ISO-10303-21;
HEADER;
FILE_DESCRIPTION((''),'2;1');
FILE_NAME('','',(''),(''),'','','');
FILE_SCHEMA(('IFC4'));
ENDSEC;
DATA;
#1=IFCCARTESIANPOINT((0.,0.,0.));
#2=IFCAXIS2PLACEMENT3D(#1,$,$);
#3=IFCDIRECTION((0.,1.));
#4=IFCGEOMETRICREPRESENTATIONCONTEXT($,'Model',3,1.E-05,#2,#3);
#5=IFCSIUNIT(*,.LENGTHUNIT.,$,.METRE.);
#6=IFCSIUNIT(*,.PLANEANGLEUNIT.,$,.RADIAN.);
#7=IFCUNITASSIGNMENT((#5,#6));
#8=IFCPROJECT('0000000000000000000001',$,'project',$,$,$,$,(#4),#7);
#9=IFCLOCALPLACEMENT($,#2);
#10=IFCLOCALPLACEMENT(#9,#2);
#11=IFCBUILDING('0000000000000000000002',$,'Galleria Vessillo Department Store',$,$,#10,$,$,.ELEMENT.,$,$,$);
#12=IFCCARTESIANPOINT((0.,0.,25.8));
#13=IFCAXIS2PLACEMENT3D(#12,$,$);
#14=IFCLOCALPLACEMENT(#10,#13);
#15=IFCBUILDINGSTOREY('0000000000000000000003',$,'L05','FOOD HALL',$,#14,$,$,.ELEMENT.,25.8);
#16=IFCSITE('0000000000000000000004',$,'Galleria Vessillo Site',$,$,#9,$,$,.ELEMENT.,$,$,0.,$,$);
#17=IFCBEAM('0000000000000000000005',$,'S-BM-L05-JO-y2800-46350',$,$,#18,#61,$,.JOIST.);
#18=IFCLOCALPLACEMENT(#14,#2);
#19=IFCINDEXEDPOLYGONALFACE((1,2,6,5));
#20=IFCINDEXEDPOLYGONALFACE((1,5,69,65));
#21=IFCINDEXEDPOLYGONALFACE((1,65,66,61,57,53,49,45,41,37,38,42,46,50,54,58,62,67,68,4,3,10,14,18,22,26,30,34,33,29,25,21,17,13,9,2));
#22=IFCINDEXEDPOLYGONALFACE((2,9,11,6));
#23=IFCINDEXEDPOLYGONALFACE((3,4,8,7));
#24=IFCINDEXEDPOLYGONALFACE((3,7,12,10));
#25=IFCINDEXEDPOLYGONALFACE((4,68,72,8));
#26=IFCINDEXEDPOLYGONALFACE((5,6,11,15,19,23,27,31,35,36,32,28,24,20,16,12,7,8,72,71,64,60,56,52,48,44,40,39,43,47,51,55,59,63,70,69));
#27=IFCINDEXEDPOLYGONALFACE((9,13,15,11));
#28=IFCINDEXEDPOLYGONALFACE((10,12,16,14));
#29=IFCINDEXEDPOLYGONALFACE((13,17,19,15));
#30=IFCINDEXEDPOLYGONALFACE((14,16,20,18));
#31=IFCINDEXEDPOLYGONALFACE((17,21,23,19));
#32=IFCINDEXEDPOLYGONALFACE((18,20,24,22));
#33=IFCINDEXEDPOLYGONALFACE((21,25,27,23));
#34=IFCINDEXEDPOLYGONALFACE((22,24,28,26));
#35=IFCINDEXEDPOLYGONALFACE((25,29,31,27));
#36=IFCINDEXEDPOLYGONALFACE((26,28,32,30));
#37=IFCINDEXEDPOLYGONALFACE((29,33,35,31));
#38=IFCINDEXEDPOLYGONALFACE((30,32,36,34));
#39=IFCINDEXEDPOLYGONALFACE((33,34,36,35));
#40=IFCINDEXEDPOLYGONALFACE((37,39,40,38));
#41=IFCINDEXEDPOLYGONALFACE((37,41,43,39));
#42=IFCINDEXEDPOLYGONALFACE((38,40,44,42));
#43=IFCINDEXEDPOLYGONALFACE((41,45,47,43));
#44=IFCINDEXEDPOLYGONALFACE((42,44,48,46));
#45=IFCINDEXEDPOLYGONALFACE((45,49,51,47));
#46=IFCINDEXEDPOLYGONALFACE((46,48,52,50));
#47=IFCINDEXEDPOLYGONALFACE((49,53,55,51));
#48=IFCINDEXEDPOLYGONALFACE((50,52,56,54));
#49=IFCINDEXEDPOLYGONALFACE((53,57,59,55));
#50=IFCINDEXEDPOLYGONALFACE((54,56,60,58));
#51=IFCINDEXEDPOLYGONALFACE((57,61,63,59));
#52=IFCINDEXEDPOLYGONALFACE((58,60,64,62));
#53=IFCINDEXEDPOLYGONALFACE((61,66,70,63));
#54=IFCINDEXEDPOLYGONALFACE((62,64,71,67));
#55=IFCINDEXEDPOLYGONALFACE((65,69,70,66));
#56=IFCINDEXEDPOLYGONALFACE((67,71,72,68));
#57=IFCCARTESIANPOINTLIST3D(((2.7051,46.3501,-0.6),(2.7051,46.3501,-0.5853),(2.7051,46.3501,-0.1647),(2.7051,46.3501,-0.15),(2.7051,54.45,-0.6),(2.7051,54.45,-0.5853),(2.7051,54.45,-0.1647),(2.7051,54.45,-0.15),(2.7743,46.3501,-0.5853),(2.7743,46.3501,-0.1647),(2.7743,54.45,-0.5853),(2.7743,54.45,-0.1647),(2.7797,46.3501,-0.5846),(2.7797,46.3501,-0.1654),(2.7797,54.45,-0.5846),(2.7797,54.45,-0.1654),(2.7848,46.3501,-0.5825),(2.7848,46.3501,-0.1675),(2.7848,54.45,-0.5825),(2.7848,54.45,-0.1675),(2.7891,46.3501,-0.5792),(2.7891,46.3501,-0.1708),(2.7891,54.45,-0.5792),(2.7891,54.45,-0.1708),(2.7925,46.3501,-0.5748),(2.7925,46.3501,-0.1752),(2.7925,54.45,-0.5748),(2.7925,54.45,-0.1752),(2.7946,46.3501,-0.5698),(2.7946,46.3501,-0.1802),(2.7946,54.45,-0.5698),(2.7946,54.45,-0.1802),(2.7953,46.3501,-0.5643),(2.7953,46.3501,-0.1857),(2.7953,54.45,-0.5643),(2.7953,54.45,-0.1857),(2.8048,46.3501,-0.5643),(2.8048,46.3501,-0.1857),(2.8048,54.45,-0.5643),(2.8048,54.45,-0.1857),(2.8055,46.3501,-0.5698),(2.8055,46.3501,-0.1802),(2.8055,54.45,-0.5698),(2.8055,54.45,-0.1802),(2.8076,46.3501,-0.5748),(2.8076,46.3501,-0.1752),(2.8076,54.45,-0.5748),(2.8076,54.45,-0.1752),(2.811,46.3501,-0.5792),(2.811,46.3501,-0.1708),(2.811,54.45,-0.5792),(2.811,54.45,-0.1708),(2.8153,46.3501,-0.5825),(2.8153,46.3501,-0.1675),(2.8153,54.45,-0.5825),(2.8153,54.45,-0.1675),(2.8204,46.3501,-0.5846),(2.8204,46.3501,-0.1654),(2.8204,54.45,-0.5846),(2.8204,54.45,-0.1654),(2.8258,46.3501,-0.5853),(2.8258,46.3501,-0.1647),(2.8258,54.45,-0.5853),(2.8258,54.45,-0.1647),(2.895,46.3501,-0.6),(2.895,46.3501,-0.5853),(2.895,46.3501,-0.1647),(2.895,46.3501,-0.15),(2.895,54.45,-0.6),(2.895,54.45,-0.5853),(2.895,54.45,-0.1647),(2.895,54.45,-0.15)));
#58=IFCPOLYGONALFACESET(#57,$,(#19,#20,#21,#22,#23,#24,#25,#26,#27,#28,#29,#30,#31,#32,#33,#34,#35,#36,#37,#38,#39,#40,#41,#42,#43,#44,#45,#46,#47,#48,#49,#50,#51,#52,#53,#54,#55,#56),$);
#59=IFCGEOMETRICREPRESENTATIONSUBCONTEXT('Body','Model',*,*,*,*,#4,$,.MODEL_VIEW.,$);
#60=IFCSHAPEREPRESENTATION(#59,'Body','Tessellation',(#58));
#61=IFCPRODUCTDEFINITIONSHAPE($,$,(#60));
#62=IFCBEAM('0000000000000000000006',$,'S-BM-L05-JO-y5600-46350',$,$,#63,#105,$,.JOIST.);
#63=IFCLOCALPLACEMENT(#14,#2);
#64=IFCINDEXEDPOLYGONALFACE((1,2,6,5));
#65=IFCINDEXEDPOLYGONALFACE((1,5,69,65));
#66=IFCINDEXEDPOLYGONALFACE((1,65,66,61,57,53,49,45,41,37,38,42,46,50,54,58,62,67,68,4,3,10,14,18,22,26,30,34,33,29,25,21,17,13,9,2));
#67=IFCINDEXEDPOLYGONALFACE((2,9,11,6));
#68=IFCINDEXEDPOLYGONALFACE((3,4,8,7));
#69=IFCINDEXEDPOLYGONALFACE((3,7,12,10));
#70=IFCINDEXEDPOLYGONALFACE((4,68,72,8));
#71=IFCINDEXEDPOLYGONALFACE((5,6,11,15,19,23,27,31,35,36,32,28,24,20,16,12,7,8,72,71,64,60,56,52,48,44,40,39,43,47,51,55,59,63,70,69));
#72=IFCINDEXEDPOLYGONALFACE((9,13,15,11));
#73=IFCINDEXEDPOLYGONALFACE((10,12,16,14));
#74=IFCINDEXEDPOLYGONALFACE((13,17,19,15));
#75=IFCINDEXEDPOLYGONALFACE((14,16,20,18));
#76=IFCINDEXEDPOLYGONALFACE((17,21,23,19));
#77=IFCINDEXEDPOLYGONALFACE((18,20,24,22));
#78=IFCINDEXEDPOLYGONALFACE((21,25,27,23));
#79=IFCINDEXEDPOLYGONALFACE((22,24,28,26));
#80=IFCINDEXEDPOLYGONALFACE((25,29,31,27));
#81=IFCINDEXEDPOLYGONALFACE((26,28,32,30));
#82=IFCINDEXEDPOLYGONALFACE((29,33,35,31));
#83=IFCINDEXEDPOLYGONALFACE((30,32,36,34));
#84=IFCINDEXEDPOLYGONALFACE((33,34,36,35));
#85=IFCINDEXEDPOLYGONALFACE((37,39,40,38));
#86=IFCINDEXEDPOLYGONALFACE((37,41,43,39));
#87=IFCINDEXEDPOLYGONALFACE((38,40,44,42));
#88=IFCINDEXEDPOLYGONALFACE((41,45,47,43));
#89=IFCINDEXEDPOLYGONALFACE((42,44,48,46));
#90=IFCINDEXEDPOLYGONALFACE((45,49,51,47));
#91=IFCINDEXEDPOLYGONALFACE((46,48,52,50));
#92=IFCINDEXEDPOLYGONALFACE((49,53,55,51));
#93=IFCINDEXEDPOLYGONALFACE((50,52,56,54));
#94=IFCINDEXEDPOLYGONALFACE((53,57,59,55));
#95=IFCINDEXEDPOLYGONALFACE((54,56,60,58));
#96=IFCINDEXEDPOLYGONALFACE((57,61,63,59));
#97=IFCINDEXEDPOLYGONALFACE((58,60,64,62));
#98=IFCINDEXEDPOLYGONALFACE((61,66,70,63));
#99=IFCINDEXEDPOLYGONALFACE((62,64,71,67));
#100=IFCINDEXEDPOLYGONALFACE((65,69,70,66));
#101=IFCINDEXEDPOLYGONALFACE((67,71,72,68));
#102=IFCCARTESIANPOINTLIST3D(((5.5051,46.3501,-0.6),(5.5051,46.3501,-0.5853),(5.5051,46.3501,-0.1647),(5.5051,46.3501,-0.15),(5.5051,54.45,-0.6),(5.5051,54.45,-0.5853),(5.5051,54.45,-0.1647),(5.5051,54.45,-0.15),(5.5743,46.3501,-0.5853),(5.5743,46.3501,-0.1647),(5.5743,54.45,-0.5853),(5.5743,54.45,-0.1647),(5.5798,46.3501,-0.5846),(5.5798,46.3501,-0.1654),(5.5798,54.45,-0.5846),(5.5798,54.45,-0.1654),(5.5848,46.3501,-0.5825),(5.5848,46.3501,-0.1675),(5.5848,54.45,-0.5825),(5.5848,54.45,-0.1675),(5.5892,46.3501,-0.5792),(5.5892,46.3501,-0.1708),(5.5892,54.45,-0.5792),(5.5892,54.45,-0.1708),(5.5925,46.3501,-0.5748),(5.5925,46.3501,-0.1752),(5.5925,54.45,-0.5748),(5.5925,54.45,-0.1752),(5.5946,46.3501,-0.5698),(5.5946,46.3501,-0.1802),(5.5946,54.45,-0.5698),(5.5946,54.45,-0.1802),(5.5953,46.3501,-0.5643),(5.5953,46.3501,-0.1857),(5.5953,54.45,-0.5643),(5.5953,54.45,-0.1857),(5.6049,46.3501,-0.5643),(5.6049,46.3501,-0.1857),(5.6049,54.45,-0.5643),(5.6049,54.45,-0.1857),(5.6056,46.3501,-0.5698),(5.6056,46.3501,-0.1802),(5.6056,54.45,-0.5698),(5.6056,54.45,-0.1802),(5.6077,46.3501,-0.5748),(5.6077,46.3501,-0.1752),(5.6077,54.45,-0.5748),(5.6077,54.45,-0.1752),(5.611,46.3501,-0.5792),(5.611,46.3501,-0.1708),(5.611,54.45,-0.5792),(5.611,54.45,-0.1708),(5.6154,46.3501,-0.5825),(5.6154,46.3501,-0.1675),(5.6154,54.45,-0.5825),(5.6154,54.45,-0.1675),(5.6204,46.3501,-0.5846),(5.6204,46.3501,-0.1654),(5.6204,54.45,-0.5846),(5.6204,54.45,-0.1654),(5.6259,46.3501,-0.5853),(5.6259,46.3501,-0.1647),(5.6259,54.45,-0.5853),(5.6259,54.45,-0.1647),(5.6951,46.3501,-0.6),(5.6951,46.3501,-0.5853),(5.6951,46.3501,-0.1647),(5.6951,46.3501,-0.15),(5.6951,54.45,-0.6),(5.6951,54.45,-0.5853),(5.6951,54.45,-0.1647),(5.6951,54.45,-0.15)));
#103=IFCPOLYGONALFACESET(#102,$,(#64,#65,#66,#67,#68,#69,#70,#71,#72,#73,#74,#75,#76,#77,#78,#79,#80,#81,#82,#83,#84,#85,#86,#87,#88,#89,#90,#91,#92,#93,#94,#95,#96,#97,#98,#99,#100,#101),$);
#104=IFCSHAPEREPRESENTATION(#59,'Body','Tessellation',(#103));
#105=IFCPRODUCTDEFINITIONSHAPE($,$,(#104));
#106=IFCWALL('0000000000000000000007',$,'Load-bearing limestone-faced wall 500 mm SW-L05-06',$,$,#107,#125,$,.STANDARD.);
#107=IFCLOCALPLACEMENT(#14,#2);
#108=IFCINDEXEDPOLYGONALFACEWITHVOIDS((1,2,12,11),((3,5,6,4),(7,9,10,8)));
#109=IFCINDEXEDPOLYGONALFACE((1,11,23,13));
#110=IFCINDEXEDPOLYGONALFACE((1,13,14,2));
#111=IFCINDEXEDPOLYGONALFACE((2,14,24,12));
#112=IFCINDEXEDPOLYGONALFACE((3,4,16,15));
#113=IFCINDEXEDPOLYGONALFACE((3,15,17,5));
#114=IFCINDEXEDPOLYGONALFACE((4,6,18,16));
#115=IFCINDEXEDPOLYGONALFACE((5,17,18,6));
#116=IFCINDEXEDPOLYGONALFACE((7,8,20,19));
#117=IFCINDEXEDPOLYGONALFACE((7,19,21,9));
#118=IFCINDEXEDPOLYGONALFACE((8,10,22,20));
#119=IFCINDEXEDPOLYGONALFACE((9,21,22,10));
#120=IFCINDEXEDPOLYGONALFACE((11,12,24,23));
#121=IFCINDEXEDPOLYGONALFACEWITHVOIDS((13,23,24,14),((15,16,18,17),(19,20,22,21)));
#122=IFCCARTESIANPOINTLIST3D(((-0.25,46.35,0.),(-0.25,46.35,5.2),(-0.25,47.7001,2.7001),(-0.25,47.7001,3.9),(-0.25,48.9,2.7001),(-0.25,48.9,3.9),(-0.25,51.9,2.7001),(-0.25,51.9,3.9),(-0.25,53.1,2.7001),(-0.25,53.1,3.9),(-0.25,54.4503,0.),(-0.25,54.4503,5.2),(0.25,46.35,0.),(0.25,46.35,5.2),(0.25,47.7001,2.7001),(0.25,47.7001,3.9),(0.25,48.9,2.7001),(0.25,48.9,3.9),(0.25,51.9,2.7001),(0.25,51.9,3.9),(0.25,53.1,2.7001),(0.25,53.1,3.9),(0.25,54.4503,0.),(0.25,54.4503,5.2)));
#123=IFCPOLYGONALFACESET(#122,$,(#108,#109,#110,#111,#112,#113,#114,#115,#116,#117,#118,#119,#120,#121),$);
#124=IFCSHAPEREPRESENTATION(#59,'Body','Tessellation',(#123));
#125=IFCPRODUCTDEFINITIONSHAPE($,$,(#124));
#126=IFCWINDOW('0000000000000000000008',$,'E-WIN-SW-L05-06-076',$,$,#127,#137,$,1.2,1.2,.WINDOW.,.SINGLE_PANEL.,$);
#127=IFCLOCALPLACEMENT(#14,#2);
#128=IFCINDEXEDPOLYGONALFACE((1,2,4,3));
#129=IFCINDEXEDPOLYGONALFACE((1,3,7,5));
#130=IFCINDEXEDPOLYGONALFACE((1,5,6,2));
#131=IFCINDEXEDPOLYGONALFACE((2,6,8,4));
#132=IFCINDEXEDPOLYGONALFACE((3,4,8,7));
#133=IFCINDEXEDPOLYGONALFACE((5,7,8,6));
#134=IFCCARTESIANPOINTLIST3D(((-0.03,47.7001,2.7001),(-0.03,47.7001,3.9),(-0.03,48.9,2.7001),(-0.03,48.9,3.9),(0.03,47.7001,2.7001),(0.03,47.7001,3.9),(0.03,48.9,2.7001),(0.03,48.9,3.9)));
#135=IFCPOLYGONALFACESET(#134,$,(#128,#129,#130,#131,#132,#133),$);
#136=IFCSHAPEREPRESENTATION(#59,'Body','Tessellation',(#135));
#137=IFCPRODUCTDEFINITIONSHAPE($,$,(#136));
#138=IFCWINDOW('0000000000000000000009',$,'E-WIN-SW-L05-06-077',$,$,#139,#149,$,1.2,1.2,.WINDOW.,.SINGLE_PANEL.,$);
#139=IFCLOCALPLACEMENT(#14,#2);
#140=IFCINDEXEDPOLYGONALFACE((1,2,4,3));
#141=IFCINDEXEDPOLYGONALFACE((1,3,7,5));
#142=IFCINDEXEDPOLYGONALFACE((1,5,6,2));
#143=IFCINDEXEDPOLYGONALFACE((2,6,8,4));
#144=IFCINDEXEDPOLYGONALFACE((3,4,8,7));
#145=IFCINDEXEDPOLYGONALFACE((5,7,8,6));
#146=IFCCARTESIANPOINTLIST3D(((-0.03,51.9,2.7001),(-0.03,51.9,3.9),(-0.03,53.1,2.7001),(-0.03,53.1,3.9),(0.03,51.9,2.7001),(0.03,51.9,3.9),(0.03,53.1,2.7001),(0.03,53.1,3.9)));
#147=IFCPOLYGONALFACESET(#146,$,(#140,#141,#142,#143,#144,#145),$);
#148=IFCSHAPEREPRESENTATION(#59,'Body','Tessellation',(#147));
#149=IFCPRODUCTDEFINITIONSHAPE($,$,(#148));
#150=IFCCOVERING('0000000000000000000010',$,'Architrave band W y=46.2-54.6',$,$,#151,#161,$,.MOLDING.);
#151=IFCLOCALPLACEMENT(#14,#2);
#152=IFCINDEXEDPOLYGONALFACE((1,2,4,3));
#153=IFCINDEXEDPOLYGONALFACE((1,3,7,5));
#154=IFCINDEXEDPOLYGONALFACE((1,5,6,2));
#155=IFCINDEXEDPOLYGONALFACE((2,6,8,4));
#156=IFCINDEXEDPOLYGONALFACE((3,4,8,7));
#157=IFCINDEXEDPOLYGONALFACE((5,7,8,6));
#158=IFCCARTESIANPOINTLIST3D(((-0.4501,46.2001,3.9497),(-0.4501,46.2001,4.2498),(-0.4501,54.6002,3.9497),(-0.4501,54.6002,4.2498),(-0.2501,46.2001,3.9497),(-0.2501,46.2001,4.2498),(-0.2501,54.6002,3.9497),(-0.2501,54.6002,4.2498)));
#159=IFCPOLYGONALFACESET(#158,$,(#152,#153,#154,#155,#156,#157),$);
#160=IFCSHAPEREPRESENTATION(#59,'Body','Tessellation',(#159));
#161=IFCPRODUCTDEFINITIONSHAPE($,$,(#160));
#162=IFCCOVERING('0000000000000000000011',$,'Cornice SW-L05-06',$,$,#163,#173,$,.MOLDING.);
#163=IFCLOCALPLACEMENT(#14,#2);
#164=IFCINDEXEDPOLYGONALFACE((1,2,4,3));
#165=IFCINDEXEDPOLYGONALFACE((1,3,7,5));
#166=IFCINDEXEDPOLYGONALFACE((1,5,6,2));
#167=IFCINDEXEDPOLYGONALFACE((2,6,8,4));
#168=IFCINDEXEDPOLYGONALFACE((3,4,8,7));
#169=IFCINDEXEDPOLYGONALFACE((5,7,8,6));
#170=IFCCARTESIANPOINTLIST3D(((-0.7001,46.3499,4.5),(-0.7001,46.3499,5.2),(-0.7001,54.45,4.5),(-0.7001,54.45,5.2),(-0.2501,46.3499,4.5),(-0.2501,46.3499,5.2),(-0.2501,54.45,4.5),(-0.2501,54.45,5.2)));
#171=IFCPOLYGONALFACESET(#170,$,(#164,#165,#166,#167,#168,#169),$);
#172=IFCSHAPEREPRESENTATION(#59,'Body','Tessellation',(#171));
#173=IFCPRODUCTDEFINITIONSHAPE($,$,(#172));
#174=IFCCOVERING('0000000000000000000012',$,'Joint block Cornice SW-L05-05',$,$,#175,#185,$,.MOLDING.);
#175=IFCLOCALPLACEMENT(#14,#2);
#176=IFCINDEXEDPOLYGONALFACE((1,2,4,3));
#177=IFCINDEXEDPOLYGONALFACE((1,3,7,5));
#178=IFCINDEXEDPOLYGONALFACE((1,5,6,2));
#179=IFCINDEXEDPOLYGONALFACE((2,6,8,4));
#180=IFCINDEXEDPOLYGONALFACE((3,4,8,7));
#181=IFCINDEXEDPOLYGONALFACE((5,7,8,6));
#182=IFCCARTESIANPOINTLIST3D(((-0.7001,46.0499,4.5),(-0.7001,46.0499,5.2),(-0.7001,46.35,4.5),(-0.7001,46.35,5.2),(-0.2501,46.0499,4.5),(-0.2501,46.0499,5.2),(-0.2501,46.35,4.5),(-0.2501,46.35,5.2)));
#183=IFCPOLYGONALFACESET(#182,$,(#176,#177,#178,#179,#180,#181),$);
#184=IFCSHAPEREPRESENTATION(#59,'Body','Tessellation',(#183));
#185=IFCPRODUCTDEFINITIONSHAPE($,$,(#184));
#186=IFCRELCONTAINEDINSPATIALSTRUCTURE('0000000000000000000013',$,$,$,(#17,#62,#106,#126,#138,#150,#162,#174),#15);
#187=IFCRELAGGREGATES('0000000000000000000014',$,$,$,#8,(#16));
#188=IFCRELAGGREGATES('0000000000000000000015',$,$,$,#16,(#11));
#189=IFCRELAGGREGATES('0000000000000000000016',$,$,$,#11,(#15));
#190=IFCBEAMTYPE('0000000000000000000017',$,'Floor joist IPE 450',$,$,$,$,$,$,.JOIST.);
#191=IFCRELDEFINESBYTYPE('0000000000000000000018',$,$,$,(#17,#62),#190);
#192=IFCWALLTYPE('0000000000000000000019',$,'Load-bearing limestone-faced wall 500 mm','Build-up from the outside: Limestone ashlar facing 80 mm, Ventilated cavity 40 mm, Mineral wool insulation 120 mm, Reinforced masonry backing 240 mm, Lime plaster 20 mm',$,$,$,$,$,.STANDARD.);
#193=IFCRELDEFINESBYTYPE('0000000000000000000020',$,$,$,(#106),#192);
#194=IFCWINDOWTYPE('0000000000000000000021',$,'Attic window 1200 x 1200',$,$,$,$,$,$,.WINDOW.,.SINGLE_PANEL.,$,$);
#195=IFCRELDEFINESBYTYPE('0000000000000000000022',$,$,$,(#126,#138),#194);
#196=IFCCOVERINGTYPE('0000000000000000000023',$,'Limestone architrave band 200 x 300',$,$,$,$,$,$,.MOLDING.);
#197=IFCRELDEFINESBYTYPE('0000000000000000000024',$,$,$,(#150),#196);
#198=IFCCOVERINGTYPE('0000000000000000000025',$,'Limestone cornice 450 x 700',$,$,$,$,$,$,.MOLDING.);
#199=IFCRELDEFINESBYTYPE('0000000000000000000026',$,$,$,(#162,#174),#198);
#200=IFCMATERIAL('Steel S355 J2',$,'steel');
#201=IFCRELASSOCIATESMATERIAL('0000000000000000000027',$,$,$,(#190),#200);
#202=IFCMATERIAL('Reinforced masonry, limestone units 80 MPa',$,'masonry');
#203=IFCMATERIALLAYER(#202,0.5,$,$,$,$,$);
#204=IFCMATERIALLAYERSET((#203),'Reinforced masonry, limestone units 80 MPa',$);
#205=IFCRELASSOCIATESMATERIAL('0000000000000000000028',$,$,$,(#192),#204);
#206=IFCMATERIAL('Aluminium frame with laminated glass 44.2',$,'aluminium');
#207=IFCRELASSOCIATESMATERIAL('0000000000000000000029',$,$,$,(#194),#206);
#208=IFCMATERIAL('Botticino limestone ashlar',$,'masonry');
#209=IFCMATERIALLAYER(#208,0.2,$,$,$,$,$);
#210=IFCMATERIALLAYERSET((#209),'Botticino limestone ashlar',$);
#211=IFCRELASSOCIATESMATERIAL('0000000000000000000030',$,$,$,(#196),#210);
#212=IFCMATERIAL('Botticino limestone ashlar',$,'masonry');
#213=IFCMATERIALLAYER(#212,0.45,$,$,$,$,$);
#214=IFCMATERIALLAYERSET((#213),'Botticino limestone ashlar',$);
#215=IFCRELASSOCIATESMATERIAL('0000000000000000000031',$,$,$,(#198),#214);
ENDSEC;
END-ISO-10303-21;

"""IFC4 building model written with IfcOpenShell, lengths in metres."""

from ifc_helpers import new_model, si_unit, direction, frame, frame_2d, origin, origin_2d, place, context, subcontext, project, spatial, rectangle, i_section, extrude, material, layer, layer_set, material_profile, profile_set, type_object, element, fill, save


model = new_model("IFC4")

# Units and contexts
model_context = context("Model", 3, precision=1e-05, world=origin(), true_north=direction((0.0, 1.0)))
body_context = subcontext(model_context, "Body", "Model", "MODEL_VIEW")
ifc_project = project(units=[si_unit("LENGTHUNIT", "METRE"), si_unit("PLANEANGLEUNIT", "RADIAN")], contexts=[model_context])

# Site, building, storey
site_placement = place(None, origin())
site = spatial("IfcSite", under=ifc_project, at=site_placement, Name="Galleria Vessillo Site", CompositionType="ELEMENT", RefElevation=0.0)
building_placement = place(site_placement, origin())
building = spatial("IfcBuilding", under=site, at=building_placement, Name="Galleria Vessillo Department Store", CompositionType="ELEMENT")
storey_placement = place(building_placement, frame((0.0, 0.0, 25.8)))
storey = spatial("IfcBuildingStorey", under=building, at=storey_placement, Name="L05", Description="FOOD HALL", CompositionType="ELEMENT", Elevation=25.8)

# Beams
ifc_material_1 = material(Name="Steel S355 J2", Category="steel")
ifc_material_profile_1 = material_profile(ifc_material_1, i_section(OverallWidth=0.1899, OverallDepth=0.45, WebThickness=0.0095, FlangeThickness=0.0146, FilletRadius=0.021, at=origin_2d()), Name="IPE 450")
ifc_profile_set_1 = profile_set([ifc_material_profile_1], Name="Steel S355 J2")
beam_type_1 = type_object("IfcBeamType", Name="Floor joist IPE 450", PredefinedType="JOIST", material=ifc_profile_set_1)
for number, where, z_axis, x_axis, name in (
    (1, (2.8, 46.3501, -0.375), (0.0, 1.0, 0.0), (-1.0, 0.0, 0.0), "S-BM-L05-JO-y2800-46350"),
    (2, (5.6001, 46.3501, -0.375), (0.0, 1.0, 0.0), (-1.0, 0.0, 0.0), "S-BM-L05-JO-y5600-46350"),
):
    element("IfcBeam", number, at=place(storey_placement, frame(where, z_axis=z_axis, x_axis=x_axis)), inside=storey, type_object=beam_type_1, Name=name, PredefinedType="JOIST", context=body_context, shape_type="SweptSolid", body=[
        extrude(i_section(OverallWidth=0.1899, OverallDepth=0.45, WebThickness=0.0095, FlangeThickness=0.0146, FilletRadius=0.021, at=origin_2d()), origin(), (0.0, 0.0, 1.0), 8.0999),
    ])

# Wall, openings, windows
ifc_material_2 = material(Name="Reinforced masonry, limestone units 80 MPa", Category="masonry")
ifc_layer_1 = layer(ifc_material_2, 0.5)
ifc_layer_set_1 = layer_set([ifc_layer_1], Name="Reinforced masonry, limestone units 80 MPa")
wall_type = type_object("IfcWallType", Name="Load-bearing limestone-faced wall 500 mm", Description="Build-up from the outside: Limestone ashlar facing 80 mm, Ventilated cavity 40 mm, Mineral wool insulation 120 mm, Reinforced masonry backing 240 mm, Lime plaster 20 mm", PredefinedType="STANDARD", material=ifc_layer_set_1)
wall_placement = place(storey_placement, frame((0.0, 46.3499, 0.0), z_axis=(0.0, 0.0, 1.0), x_axis=(0.0, 1.0, 0.0)))
wall = element("IfcWall", 3, at=wall_placement, inside=storey, type_object=wall_type, Name="Load-bearing limestone-faced wall 500 mm SW-L05-06", PredefinedType="STANDARD", context=body_context, shape_type="SweptSolid", body=[
    extrude(rectangle(XDim=8.1003, YDim=0.5, at=frame_2d((4.0503, 0.0))), origin(), (0.0, 0.0, 1.0), 5.2),
])
opening_1_placement = place(wall_placement, frame((1.3501, 0.0, 2.7)))
opening_1 = element("IfcOpeningElement", 4, at=opening_1_placement, cuts=wall, PredefinedType="OPENING", context=body_context, shape_type="SweptSolid", body=[
    extrude(rectangle(XDim=1.2, YDim=1.2, at=frame_2d((0.6001, 0.6001))), frame((0.0, 0.26, 0.0), z_axis=(0.0, -1.0, 0.0), x_axis=(1.0, 0.0, 0.0)), (0.0, 0.0, 1.0), 0.52),
])
opening_2_placement = place(wall_placement, frame((5.55, 0.0, 2.7)))
opening_2 = element("IfcOpeningElement", 5, at=opening_2_placement, cuts=wall, PredefinedType="OPENING", context=body_context, shape_type="SweptSolid", body=[
    extrude(rectangle(XDim=1.2, YDim=1.2, at=frame_2d((0.6001, 0.6001))), frame((0.0, 0.26, 0.0), z_axis=(0.0, -1.0, 0.0), x_axis=(1.0, 0.0, 0.0)), (0.0, 0.0, 1.0), 0.52),
])
ifc_material_3 = material(Name="Aluminium frame with laminated glass 44.2", Category="aluminium")
window_type = type_object("IfcWindowType", Name="Attic window 1200 x 1200", PartitioningType="SINGLE_PANEL", PredefinedType="WINDOW", material=ifc_material_3)
window_1_placement = place(opening_1_placement, origin())
window_1 = element("IfcWindow", 6, at=window_1_placement, inside=storey, type_object=window_type, Name="E-WIN-SW-L05-06-076", OverallHeight=1.2, OverallWidth=1.2, PartitioningType="SINGLE_PANEL", PredefinedType="WINDOW", context=body_context, shape_type="SweptSolid", body=[
    extrude(rectangle(XDim=1.2, YDim=1.2, at=frame_2d((0.6001, 0.6001))), frame((0.0, 0.03, 0.0), z_axis=(0.0, -1.0, 0.0), x_axis=(1.0, 0.0, 0.0)), (0.0, 0.0, 1.0), 0.0601),
])
fill(opening_1, window_1)
window_2_placement = place(opening_2_placement, origin())
window_2 = element("IfcWindow", 7, at=window_2_placement, inside=storey, type_object=window_type, Name="E-WIN-SW-L05-06-077", OverallHeight=1.2, OverallWidth=1.2, PartitioningType="SINGLE_PANEL", PredefinedType="WINDOW", context=body_context, shape_type="SweptSolid", body=[
    extrude(rectangle(XDim=1.2, YDim=1.2, at=frame_2d((0.6001, 0.6001))), frame((0.0, 0.03, 0.0), z_axis=(0.0, -1.0, 0.0), x_axis=(1.0, 0.0, 0.0)), (0.0, 0.0, 1.0), 0.0601),
])
fill(opening_2, window_2)

# Coverings
ifc_material_4 = material(Name="Botticino limestone ashlar", Category="masonry")
ifc_layer_2 = layer(ifc_material_4, 0.2)
ifc_layer_set_2 = layer_set([ifc_layer_2], Name="Botticino limestone ashlar")
covering_type_1 = type_object("IfcCoveringType", Name="Limestone architrave band 200 x 300", PredefinedType="MOLDING", material=ifc_layer_set_2)
covering_1_placement = place(storey_placement, frame((-0.3501, 50.4001, 3.9497), z_axis=(0.0, 0.0, 1.0), x_axis=(1.0, 0.0, 0.0)))
element("IfcCovering", 8, at=covering_1_placement, inside=storey, type_object=covering_type_1, Name="Architrave band W y=46.2-54.6", PredefinedType="MOLDING", context=body_context, shape_type="SweptSolid", body=[
    extrude(rectangle(XDim=0.2, YDim=8.4001, at=origin_2d()), origin(), (0.0, 0.0, 1.0), 0.3),
])
ifc_material_5 = material(Name="Botticino limestone ashlar", Category="masonry")
ifc_layer_3 = layer(ifc_material_5, 0.45)
ifc_layer_set_3 = layer_set([ifc_layer_3], Name="Botticino limestone ashlar")
covering_type_2 = type_object("IfcCoveringType", Name="Limestone cornice 450 x 700", PredefinedType="MOLDING", material=ifc_layer_set_3)
covering_2_placement = place(storey_placement, frame((-0.4751, 50.3999, 4.5), z_axis=(0.0, 0.0, 1.0), x_axis=(1.0, 0.0, 0.0)))
element("IfcCovering", 9, at=covering_2_placement, inside=storey, type_object=covering_type_2, Name="Cornice SW-L05-06", PredefinedType="MOLDING", context=body_context, shape_type="SweptSolid", body=[
    extrude(rectangle(XDim=0.45, YDim=8.1001, at=origin_2d()), origin(), (0.0, 0.0, 1.0), 0.7),
])
for number, where, z_axis, x_axis, name in (
    (10, (-0.4751, 46.2, 4.5), (0.0, 0.0, 1.0), (1.0, 0.0, 0.0), "Joint block Cornice SW-L05-05"),
):
    element("IfcCovering", number, at=place(storey_placement, frame(where, z_axis=z_axis, x_axis=x_axis)), inside=storey, type_object=covering_type_2, Name=name, PredefinedType="MOLDING", context=body_context, shape_type="SweptSolid", body=[
        extrude(rectangle(XDim=0.45, YDim=0.3, at=origin_2d()), origin(), (0.0, 0.0, 1.0), 0.7),
    ])

save(model, "model.ifc")
